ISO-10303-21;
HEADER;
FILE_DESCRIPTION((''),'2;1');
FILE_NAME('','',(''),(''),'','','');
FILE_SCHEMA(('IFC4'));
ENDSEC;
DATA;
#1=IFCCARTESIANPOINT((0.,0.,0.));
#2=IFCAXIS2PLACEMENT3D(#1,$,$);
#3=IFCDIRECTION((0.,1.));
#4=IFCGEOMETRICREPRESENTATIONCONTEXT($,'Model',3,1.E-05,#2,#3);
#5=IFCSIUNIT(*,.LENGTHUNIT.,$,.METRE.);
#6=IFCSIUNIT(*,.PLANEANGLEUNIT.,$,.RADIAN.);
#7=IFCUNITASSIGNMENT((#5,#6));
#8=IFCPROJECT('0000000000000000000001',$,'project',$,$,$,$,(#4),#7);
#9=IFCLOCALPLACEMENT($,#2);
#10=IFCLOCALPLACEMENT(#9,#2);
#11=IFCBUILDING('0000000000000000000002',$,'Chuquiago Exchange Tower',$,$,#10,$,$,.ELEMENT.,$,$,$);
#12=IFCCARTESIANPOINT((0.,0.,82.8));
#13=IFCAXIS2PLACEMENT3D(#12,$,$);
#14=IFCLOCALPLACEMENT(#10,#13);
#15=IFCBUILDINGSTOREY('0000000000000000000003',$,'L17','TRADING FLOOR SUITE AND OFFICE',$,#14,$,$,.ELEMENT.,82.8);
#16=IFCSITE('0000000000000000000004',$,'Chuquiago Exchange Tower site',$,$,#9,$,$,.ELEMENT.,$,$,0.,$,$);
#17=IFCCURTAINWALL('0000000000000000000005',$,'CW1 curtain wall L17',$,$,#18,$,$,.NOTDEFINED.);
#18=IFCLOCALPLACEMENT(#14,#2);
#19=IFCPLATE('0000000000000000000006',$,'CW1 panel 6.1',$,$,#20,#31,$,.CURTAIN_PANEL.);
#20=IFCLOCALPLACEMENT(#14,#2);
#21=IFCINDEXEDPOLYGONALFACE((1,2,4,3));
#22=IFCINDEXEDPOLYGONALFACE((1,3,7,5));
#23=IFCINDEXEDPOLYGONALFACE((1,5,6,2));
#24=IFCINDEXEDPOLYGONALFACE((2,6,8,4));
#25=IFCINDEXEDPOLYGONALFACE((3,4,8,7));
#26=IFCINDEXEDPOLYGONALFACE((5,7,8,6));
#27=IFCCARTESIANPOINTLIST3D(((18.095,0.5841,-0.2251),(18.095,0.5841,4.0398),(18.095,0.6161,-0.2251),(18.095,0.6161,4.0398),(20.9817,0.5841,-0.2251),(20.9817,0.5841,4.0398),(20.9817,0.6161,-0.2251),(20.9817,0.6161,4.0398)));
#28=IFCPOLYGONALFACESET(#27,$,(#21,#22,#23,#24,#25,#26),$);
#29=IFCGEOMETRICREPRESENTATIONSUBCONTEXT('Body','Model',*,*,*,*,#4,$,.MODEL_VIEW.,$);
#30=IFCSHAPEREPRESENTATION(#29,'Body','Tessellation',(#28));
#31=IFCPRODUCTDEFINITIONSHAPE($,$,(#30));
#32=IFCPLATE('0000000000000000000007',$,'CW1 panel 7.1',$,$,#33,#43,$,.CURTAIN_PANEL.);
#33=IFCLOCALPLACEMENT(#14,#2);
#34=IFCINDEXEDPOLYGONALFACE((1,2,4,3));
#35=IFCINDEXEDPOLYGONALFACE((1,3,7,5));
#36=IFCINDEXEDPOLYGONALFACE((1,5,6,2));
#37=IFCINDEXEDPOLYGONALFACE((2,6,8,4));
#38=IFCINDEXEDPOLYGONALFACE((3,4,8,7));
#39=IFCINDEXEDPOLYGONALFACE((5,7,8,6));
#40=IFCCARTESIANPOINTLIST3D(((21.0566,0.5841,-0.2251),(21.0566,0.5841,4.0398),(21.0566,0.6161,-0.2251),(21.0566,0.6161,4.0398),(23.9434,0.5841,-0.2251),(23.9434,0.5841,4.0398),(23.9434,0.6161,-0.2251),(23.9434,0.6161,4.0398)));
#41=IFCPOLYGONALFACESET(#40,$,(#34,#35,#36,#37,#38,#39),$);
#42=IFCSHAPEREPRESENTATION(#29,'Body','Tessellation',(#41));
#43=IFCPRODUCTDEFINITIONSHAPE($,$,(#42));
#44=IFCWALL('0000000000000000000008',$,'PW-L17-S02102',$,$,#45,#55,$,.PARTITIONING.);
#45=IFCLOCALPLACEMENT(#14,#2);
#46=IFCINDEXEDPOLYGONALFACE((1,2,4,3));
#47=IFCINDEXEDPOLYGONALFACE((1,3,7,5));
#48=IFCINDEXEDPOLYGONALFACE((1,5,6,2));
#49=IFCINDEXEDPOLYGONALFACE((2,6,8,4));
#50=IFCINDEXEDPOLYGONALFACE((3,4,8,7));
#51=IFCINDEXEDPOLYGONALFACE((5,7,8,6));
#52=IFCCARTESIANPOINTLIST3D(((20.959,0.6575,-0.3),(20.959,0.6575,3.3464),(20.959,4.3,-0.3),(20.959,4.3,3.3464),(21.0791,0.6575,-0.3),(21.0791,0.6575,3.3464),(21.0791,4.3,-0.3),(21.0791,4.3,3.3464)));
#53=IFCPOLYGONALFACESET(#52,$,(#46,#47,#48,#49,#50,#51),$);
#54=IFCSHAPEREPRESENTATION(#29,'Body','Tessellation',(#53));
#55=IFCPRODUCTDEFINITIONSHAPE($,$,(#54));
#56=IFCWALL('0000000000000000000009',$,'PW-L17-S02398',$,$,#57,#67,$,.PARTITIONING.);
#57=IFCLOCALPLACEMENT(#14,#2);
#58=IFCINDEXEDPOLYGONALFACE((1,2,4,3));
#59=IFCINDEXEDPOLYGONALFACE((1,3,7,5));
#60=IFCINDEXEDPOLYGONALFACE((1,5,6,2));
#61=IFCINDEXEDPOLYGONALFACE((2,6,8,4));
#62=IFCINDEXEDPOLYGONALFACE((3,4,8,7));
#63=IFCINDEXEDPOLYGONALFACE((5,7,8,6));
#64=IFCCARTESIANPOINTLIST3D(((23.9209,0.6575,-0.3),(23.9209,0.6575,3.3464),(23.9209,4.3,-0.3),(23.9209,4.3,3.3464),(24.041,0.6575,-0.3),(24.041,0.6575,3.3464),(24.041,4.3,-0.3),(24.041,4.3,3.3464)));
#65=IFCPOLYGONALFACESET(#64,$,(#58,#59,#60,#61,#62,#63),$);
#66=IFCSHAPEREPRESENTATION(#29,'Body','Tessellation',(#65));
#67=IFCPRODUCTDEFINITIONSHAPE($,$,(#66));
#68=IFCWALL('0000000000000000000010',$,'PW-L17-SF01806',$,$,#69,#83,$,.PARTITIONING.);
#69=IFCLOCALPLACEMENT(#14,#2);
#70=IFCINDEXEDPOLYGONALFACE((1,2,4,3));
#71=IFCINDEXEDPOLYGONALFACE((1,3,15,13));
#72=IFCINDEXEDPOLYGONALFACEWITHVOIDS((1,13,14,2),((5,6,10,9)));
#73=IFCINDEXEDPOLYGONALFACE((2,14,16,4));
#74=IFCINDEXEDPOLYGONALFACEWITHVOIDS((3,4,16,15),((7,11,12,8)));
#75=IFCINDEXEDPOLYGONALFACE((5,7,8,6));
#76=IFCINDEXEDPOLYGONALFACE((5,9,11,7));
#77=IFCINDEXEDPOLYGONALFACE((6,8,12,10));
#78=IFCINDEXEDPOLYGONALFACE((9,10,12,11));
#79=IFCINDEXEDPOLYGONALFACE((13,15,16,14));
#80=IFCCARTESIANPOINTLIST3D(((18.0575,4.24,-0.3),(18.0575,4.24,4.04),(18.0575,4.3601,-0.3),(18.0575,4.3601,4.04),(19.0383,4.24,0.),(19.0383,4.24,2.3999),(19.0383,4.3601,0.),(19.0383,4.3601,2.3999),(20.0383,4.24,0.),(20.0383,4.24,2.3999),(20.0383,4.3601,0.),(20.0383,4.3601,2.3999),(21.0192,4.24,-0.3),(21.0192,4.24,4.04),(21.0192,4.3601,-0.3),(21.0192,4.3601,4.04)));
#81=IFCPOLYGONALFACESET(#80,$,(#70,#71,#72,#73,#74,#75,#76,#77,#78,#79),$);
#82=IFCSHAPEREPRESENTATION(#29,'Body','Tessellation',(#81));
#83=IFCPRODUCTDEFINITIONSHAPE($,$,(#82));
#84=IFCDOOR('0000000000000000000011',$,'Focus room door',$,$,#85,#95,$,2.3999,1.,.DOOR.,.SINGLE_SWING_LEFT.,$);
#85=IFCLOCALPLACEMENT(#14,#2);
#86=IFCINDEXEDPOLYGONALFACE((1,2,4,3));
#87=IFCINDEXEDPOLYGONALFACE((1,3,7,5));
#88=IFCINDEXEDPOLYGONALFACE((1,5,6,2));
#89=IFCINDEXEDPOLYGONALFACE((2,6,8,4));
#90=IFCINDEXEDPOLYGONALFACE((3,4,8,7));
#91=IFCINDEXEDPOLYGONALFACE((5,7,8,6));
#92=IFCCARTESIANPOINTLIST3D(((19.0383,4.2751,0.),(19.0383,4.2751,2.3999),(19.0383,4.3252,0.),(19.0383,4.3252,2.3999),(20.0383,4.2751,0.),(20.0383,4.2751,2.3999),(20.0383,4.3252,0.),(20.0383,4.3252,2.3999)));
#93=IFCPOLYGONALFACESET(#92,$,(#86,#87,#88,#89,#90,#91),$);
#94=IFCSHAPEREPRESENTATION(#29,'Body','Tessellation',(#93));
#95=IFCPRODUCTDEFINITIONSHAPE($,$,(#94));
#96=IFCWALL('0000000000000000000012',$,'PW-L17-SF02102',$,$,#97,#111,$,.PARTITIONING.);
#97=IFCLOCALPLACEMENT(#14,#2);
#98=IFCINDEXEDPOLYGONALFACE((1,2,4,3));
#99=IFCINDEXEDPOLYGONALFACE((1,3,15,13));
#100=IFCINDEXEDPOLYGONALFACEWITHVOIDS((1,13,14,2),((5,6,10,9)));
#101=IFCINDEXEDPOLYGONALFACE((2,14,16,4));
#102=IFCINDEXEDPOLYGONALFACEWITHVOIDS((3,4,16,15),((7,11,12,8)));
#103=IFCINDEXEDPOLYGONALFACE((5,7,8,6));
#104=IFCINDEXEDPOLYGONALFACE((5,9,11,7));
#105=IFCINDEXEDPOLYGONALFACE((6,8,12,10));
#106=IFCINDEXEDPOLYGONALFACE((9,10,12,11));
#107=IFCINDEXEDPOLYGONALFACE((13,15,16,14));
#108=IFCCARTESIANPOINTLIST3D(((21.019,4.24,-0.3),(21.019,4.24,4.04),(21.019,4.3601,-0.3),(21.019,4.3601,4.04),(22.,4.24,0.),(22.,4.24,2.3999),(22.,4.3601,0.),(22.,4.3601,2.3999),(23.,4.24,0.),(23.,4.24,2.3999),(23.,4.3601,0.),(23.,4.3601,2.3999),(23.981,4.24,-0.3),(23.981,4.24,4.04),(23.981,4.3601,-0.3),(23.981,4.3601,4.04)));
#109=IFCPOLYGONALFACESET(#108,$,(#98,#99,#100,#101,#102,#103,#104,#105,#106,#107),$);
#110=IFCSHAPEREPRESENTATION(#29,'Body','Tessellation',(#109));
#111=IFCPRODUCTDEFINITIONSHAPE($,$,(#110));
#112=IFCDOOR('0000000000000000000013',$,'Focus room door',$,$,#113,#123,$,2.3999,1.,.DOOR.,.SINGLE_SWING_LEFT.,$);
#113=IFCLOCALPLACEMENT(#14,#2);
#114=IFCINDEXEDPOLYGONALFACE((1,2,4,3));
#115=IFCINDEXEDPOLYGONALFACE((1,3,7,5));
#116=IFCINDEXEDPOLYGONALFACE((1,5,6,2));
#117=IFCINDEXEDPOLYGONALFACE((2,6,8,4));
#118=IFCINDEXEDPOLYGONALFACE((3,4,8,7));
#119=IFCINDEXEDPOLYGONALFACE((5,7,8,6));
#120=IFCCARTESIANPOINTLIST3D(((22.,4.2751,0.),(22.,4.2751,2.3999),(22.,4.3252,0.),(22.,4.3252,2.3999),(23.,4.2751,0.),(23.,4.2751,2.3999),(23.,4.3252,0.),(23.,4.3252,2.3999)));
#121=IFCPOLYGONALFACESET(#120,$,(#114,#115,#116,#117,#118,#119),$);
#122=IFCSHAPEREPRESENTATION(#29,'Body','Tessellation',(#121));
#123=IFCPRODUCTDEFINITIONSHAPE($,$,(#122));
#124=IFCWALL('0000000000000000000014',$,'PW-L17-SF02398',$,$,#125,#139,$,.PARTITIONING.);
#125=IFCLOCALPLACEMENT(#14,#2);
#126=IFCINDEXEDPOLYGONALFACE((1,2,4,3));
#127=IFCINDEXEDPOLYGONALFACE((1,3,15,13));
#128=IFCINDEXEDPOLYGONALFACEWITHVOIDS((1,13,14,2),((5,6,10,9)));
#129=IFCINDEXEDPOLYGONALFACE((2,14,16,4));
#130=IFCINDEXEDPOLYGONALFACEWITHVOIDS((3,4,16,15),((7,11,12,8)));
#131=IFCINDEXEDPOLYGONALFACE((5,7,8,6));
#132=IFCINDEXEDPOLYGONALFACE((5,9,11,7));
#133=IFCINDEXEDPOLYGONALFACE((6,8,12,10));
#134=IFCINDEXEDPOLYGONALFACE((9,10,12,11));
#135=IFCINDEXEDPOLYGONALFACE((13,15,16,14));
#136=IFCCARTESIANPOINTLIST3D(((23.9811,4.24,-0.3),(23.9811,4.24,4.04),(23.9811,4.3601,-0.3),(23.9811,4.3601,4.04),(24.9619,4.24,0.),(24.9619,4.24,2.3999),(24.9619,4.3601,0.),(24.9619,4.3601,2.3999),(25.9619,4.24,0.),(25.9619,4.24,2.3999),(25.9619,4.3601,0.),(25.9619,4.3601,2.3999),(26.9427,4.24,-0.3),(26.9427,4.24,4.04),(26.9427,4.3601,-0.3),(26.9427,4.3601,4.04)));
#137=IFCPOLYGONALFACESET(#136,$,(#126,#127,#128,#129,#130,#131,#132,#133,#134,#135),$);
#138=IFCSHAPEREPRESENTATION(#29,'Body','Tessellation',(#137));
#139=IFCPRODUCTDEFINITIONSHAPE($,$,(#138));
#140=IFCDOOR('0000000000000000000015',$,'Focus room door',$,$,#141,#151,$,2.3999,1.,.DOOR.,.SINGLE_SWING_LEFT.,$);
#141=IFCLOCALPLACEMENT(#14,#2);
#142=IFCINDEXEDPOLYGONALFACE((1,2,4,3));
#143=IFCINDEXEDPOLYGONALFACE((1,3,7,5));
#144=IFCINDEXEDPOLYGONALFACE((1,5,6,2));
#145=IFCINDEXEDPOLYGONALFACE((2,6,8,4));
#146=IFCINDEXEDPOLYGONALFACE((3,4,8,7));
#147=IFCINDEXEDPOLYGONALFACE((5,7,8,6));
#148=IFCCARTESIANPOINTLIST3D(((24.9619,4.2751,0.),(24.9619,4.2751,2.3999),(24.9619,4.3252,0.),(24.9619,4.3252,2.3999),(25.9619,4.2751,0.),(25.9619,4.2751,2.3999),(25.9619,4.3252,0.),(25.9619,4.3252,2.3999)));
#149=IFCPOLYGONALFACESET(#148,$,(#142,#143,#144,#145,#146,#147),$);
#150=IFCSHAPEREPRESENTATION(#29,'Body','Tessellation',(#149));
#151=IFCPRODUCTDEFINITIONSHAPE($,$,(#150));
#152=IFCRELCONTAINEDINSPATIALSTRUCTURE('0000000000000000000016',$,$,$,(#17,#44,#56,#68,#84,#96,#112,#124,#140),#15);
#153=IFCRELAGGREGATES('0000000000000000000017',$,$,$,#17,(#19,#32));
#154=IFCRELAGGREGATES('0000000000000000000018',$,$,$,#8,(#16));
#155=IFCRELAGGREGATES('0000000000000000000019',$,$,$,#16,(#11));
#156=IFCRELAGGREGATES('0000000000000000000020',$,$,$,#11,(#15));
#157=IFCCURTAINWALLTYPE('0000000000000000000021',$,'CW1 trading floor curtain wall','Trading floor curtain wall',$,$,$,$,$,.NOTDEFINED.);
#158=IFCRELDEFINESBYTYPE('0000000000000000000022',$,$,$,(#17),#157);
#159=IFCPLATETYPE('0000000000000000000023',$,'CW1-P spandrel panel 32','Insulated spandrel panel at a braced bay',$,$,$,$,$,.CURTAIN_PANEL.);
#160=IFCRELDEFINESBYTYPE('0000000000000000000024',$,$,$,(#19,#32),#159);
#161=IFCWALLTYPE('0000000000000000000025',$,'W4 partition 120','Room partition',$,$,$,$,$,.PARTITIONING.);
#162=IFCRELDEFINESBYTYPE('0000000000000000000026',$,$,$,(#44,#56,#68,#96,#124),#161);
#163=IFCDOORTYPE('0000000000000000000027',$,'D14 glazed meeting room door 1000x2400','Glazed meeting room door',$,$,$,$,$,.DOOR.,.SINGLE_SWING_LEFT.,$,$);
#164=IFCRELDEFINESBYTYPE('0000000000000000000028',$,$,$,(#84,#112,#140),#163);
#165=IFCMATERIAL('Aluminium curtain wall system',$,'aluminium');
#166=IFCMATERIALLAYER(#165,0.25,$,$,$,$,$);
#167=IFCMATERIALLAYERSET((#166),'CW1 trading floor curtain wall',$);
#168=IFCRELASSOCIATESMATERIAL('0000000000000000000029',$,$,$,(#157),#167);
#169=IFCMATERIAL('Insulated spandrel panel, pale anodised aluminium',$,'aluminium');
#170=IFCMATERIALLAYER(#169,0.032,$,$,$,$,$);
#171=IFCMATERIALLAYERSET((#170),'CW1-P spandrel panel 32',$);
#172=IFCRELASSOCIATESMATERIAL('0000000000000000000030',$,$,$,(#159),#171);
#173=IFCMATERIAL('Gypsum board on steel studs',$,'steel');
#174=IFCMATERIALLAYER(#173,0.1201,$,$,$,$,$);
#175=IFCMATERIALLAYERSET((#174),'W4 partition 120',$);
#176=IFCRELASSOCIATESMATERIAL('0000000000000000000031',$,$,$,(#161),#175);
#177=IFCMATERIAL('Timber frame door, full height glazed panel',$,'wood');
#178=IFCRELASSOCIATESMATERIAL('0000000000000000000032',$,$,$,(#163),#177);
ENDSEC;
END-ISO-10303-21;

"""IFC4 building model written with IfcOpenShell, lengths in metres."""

from ifc_helpers import new_model, si_unit, direction, frame, frame_2d, origin, origin_2d, place, context, subcontext, project, spatial, rectangle, extrude, material, layer, layer_set, type_object, element, fill, aggregate, save


model = new_model("IFC4")

# Units and contexts
model_context = context("Model", 3, precision=1e-05, world=origin(), true_north=direction((0.0, 1.0)))
body_context = subcontext(model_context, "Body", "Model", "MODEL_VIEW")
ifc_project = project(units=[si_unit("LENGTHUNIT", "METRE"), si_unit("PLANEANGLEUNIT", "RADIAN")], contexts=[model_context])

# Site, building, storey
site_placement = place(None, origin())
site = spatial("IfcSite", under=ifc_project, at=site_placement, Name="Chuquiago Exchange Tower site", CompositionType="ELEMENT", RefElevation=0.0)
building_placement = place(site_placement, origin())
building = spatial("IfcBuilding", under=site, at=building_placement, Name="Chuquiago Exchange Tower", CompositionType="ELEMENT")
storey_placement = place(building_placement, frame((0.0, 0.0, 82.8)))
storey = spatial("IfcBuildingStorey", under=building, at=storey_placement, Name="L17", Description="TRADING FLOOR SUITE AND OFFICE", CompositionType="ELEMENT", Elevation=82.8)

# Curtain wall
ifc_material_1 = material(Name="Aluminium curtain wall system", Category="aluminium")
ifc_layer_1 = layer(ifc_material_1, 0.25)
ifc_layer_set_1 = layer_set([ifc_layer_1], Name="CW1 trading floor curtain wall")
curtain_wall_type = type_object("IfcCurtainWallType", Name="CW1 trading floor curtain wall", Description="Trading floor curtain wall", PredefinedType="NOTDEFINED", material=ifc_layer_set_1)
curtain_wall_placement = place(storey_placement, origin())
curtain_wall = element("IfcCurtainWall", 1, at=curtain_wall_placement, inside=storey, type_object=curtain_wall_type, Name="CW1 curtain wall L17", PredefinedType="NOTDEFINED")

# Plates
ifc_material_2 = material(Name="Insulated spandrel panel, pale anodised aluminium", Category="aluminium")
ifc_layer_2 = layer(ifc_material_2, 0.032)
ifc_layer_set_2 = layer_set([ifc_layer_2], Name="CW1-P spandrel panel 32")
plate_type_1 = type_object("IfcPlateType", Name="CW1-P spandrel panel 32", Description="Insulated spandrel panel at a braced bay", PredefinedType="CURTAIN_PANEL", material=ifc_layer_set_2)
plate_1_placement = place(storey_placement, frame((19.5383, 0.6001, -0.2251), z_axis=(0.0, 0.0, 1.0), x_axis=(1.0, 0.0, 0.0)))
plate_1 = element("IfcPlate", 2, at=plate_1_placement, type_object=plate_type_1, Name="CW1 panel 6.1", PredefinedType="CURTAIN_PANEL", context=body_context, shape_type="SweptSolid", body=[
    extrude(rectangle(XDim=2.8867, YDim=0.032, at=origin_2d()), origin(), (0.0, 0.0, 1.0), 4.2649),
])
plate_2_placement = place(storey_placement, frame((22.5, 0.6001, -0.2251), z_axis=(0.0, 0.0, 1.0), x_axis=(1.0, 0.0, 0.0)))
plate_2 = element("IfcPlate", 3, at=plate_2_placement, type_object=plate_type_1, Name="CW1 panel 7.1", PredefinedType="CURTAIN_PANEL", context=body_context, shape_type="SweptSolid", body=[
    extrude(rectangle(XDim=2.8867, YDim=0.032, at=origin_2d()), origin(), (0.0, 0.0, 1.0), 4.2649),
])
aggregate(curtain_wall, [plate_1, plate_2])

# Walls
ifc_material_3 = material(Name="Gypsum board on steel studs", Category="steel")
ifc_layer_3 = layer(ifc_material_3, 0.1201)
ifc_layer_set_3 = layer_set([ifc_layer_3], Name="W4 partition 120")
wall_type = type_object("IfcWallType", Name="W4 partition 120", Description="Room partition", PredefinedType="PARTITIONING", material=ifc_layer_set_3)
for number, where, z_axis, x_axis, name in (
    (4, (21.019, 0.6575, -0.3), (0.0, 0.0, 1.0), (0.0, 1.0, 0.0), "PW-L17-S02102"),
    (5, (23.981, 0.6575, -0.3), (0.0, 0.0, 1.0), (0.0, 1.0, 0.0), "PW-L17-S02398"),
):
    element("IfcWall", number, at=place(storey_placement, frame(where, z_axis=z_axis, x_axis=x_axis)), inside=storey, type_object=wall_type, Name=name, PredefinedType="PARTITIONING", context=body_context, shape_type="SweptSolid", body=[
        extrude(rectangle(XDim=3.6426, YDim=0.1201, at=frame_2d((1.8213, 0.0))), origin(), (0.0, 0.0, 1.0), 3.6465),
    ])

# Walls, openings, doors
wall_1_placement = place(storey_placement, frame((18.0574, 4.3, -0.3), z_axis=(0.0, 0.0, 1.0), x_axis=(1.0, 0.0, 0.0)))
wall_1 = element("IfcWall", 6, at=wall_1_placement, inside=storey, type_object=wall_type, Name="PW-L17-SF01806", PredefinedType="PARTITIONING", context=body_context, shape_type="SweptSolid", body=[
    extrude(rectangle(XDim=2.9617, YDim=0.1201, at=frame_2d((1.481, 0.0))), origin(), (0.0, 0.0, 1.0), 4.3401),
])
opening_1_placement = place(wall_1_placement, frame((0.981, 0.0, 0.3)))
opening_1 = element("IfcOpeningElement", 7, at=opening_1_placement, cuts=wall_1, PredefinedType="OPENING", context=body_context, shape_type="SweptSolid", body=[
    extrude(rectangle(XDim=1.0, YDim=2.3999, at=frame_2d((0.5, 1.2))), frame((0.0, 0.0701, 0.0), z_axis=(0.0, -1.0, 0.0), x_axis=(1.0, 0.0, 0.0)), (0.0, 0.0, 1.0), 0.1401),
])
ifc_material_4 = material(Name="Timber frame door, full height glazed panel", Category="wood")
door_type = type_object("IfcDoorType", Name="D14 glazed meeting room door 1000x2400", Description="Glazed meeting room door", OperationType="SINGLE_SWING_LEFT", PredefinedType="DOOR", material=ifc_material_4)
door_1_placement = place(opening_1_placement, frame((1.0, 0.0, 0.0), z_axis=(0.0, 0.0, 1.0), x_axis=(-1.0, 0.0, 0.0)))
door_1 = element("IfcDoor", 8, at=door_1_placement, inside=storey, type_object=door_type, Name="Focus room door", OperationType="SINGLE_SWING_LEFT", OverallHeight=2.3999, OverallWidth=1.0, PredefinedType="DOOR", context=body_context, shape_type="SweptSolid", body=[
    extrude(rectangle(XDim=1.0, YDim=2.3999, at=frame_2d((0.5, 1.2))), frame((0.0, 0.0249, 0.0), z_axis=(0.0, -1.0, 0.0), x_axis=(1.0, 0.0, 0.0)), (0.0, 0.0, 1.0), 0.05),
])
fill(opening_1, door_1)
wall_2_placement = place(storey_placement, frame((21.019, 4.3, -0.3), z_axis=(0.0, 0.0, 1.0), x_axis=(1.0, 0.0, 0.0)))
wall_2 = element("IfcWall", 9, at=wall_2_placement, inside=storey, type_object=wall_type, Name="PW-L17-SF02102", PredefinedType="PARTITIONING", context=body_context, shape_type="SweptSolid", body=[
    extrude(rectangle(XDim=2.9619, YDim=0.1201, at=frame_2d((1.481, 0.0))), origin(), (0.0, 0.0, 1.0), 4.3401),
])
opening_2_placement = place(wall_2_placement, frame((0.981, 0.0, 0.3)))
opening_2 = element("IfcOpeningElement", 10, at=opening_2_placement, cuts=wall_2, PredefinedType="OPENING", context=body_context, shape_type="SweptSolid", body=[
    extrude(rectangle(XDim=1.0, YDim=2.3999, at=frame_2d((0.5, 1.2))), frame((0.0, 0.0701, 0.0), z_axis=(0.0, -1.0, 0.0), x_axis=(1.0, 0.0, 0.0)), (0.0, 0.0, 1.0), 0.1401),
])
door_2_placement = place(opening_2_placement, frame((1.0, 0.0, 0.0), z_axis=(0.0, 0.0, 1.0), x_axis=(-1.0, 0.0, 0.0)))
door_2 = element("IfcDoor", 11, at=door_2_placement, inside=storey, type_object=door_type, Name="Focus room door", OperationType="SINGLE_SWING_LEFT", OverallHeight=2.3999, OverallWidth=1.0, PredefinedType="DOOR", context=body_context, shape_type="SweptSolid", body=[
    extrude(rectangle(XDim=1.0, YDim=2.3999, at=frame_2d((0.5, 1.2))), frame((0.0, 0.0249, 0.0), z_axis=(0.0, -1.0, 0.0), x_axis=(1.0, 0.0, 0.0)), (0.0, 0.0, 1.0), 0.05),
])
fill(opening_2, door_2)
wall_3_placement = place(storey_placement, frame((23.981, 4.3, -0.3), z_axis=(0.0, 0.0, 1.0), x_axis=(1.0, 0.0, 0.0)))
wall_3 = element("IfcWall", 12, at=wall_3_placement, inside=storey, type_object=wall_type, Name="PW-L17-SF02398", PredefinedType="PARTITIONING", context=body_context, shape_type="SweptSolid", body=[
    extrude(rectangle(XDim=2.9617, YDim=0.1201, at=frame_2d((1.481, 0.0))), origin(), (0.0, 0.0, 1.0), 4.3401),
])
opening_3_placement = place(wall_3_placement, frame((0.981, 0.0, 0.3)))
opening_3 = element("IfcOpeningElement", 13, at=opening_3_placement, cuts=wall_3, PredefinedType="OPENING", context=body_context, shape_type="SweptSolid", body=[
    extrude(rectangle(XDim=1.0, YDim=2.3999, at=frame_2d((0.5, 1.2))), frame((0.0, 0.0701, 0.0), z_axis=(0.0, -1.0, 0.0), x_axis=(1.0, 0.0, 0.0)), (0.0, 0.0, 1.0), 0.1401),
])
door_3_placement = place(opening_3_placement, frame((1.0, 0.0, 0.0), z_axis=(0.0, 0.0, 1.0), x_axis=(-1.0, 0.0, 0.0)))
door_3 = element("IfcDoor", 14, at=door_3_placement, inside=storey, type_object=door_type, Name="Focus room door", OperationType="SINGLE_SWING_LEFT", OverallHeight=2.3999, OverallWidth=1.0, PredefinedType="DOOR", context=body_context, shape_type="SweptSolid", body=[
    extrude(rectangle(XDim=1.0, YDim=2.3999, at=frame_2d((0.5, 1.2))), frame((0.0, 0.0249, 0.0), z_axis=(0.0, -1.0, 0.0), x_axis=(1.0, 0.0, 0.0)), (0.0, 0.0, 1.0), 0.05),
])
fill(opening_3, door_3)

save(model, "model.ifc")
